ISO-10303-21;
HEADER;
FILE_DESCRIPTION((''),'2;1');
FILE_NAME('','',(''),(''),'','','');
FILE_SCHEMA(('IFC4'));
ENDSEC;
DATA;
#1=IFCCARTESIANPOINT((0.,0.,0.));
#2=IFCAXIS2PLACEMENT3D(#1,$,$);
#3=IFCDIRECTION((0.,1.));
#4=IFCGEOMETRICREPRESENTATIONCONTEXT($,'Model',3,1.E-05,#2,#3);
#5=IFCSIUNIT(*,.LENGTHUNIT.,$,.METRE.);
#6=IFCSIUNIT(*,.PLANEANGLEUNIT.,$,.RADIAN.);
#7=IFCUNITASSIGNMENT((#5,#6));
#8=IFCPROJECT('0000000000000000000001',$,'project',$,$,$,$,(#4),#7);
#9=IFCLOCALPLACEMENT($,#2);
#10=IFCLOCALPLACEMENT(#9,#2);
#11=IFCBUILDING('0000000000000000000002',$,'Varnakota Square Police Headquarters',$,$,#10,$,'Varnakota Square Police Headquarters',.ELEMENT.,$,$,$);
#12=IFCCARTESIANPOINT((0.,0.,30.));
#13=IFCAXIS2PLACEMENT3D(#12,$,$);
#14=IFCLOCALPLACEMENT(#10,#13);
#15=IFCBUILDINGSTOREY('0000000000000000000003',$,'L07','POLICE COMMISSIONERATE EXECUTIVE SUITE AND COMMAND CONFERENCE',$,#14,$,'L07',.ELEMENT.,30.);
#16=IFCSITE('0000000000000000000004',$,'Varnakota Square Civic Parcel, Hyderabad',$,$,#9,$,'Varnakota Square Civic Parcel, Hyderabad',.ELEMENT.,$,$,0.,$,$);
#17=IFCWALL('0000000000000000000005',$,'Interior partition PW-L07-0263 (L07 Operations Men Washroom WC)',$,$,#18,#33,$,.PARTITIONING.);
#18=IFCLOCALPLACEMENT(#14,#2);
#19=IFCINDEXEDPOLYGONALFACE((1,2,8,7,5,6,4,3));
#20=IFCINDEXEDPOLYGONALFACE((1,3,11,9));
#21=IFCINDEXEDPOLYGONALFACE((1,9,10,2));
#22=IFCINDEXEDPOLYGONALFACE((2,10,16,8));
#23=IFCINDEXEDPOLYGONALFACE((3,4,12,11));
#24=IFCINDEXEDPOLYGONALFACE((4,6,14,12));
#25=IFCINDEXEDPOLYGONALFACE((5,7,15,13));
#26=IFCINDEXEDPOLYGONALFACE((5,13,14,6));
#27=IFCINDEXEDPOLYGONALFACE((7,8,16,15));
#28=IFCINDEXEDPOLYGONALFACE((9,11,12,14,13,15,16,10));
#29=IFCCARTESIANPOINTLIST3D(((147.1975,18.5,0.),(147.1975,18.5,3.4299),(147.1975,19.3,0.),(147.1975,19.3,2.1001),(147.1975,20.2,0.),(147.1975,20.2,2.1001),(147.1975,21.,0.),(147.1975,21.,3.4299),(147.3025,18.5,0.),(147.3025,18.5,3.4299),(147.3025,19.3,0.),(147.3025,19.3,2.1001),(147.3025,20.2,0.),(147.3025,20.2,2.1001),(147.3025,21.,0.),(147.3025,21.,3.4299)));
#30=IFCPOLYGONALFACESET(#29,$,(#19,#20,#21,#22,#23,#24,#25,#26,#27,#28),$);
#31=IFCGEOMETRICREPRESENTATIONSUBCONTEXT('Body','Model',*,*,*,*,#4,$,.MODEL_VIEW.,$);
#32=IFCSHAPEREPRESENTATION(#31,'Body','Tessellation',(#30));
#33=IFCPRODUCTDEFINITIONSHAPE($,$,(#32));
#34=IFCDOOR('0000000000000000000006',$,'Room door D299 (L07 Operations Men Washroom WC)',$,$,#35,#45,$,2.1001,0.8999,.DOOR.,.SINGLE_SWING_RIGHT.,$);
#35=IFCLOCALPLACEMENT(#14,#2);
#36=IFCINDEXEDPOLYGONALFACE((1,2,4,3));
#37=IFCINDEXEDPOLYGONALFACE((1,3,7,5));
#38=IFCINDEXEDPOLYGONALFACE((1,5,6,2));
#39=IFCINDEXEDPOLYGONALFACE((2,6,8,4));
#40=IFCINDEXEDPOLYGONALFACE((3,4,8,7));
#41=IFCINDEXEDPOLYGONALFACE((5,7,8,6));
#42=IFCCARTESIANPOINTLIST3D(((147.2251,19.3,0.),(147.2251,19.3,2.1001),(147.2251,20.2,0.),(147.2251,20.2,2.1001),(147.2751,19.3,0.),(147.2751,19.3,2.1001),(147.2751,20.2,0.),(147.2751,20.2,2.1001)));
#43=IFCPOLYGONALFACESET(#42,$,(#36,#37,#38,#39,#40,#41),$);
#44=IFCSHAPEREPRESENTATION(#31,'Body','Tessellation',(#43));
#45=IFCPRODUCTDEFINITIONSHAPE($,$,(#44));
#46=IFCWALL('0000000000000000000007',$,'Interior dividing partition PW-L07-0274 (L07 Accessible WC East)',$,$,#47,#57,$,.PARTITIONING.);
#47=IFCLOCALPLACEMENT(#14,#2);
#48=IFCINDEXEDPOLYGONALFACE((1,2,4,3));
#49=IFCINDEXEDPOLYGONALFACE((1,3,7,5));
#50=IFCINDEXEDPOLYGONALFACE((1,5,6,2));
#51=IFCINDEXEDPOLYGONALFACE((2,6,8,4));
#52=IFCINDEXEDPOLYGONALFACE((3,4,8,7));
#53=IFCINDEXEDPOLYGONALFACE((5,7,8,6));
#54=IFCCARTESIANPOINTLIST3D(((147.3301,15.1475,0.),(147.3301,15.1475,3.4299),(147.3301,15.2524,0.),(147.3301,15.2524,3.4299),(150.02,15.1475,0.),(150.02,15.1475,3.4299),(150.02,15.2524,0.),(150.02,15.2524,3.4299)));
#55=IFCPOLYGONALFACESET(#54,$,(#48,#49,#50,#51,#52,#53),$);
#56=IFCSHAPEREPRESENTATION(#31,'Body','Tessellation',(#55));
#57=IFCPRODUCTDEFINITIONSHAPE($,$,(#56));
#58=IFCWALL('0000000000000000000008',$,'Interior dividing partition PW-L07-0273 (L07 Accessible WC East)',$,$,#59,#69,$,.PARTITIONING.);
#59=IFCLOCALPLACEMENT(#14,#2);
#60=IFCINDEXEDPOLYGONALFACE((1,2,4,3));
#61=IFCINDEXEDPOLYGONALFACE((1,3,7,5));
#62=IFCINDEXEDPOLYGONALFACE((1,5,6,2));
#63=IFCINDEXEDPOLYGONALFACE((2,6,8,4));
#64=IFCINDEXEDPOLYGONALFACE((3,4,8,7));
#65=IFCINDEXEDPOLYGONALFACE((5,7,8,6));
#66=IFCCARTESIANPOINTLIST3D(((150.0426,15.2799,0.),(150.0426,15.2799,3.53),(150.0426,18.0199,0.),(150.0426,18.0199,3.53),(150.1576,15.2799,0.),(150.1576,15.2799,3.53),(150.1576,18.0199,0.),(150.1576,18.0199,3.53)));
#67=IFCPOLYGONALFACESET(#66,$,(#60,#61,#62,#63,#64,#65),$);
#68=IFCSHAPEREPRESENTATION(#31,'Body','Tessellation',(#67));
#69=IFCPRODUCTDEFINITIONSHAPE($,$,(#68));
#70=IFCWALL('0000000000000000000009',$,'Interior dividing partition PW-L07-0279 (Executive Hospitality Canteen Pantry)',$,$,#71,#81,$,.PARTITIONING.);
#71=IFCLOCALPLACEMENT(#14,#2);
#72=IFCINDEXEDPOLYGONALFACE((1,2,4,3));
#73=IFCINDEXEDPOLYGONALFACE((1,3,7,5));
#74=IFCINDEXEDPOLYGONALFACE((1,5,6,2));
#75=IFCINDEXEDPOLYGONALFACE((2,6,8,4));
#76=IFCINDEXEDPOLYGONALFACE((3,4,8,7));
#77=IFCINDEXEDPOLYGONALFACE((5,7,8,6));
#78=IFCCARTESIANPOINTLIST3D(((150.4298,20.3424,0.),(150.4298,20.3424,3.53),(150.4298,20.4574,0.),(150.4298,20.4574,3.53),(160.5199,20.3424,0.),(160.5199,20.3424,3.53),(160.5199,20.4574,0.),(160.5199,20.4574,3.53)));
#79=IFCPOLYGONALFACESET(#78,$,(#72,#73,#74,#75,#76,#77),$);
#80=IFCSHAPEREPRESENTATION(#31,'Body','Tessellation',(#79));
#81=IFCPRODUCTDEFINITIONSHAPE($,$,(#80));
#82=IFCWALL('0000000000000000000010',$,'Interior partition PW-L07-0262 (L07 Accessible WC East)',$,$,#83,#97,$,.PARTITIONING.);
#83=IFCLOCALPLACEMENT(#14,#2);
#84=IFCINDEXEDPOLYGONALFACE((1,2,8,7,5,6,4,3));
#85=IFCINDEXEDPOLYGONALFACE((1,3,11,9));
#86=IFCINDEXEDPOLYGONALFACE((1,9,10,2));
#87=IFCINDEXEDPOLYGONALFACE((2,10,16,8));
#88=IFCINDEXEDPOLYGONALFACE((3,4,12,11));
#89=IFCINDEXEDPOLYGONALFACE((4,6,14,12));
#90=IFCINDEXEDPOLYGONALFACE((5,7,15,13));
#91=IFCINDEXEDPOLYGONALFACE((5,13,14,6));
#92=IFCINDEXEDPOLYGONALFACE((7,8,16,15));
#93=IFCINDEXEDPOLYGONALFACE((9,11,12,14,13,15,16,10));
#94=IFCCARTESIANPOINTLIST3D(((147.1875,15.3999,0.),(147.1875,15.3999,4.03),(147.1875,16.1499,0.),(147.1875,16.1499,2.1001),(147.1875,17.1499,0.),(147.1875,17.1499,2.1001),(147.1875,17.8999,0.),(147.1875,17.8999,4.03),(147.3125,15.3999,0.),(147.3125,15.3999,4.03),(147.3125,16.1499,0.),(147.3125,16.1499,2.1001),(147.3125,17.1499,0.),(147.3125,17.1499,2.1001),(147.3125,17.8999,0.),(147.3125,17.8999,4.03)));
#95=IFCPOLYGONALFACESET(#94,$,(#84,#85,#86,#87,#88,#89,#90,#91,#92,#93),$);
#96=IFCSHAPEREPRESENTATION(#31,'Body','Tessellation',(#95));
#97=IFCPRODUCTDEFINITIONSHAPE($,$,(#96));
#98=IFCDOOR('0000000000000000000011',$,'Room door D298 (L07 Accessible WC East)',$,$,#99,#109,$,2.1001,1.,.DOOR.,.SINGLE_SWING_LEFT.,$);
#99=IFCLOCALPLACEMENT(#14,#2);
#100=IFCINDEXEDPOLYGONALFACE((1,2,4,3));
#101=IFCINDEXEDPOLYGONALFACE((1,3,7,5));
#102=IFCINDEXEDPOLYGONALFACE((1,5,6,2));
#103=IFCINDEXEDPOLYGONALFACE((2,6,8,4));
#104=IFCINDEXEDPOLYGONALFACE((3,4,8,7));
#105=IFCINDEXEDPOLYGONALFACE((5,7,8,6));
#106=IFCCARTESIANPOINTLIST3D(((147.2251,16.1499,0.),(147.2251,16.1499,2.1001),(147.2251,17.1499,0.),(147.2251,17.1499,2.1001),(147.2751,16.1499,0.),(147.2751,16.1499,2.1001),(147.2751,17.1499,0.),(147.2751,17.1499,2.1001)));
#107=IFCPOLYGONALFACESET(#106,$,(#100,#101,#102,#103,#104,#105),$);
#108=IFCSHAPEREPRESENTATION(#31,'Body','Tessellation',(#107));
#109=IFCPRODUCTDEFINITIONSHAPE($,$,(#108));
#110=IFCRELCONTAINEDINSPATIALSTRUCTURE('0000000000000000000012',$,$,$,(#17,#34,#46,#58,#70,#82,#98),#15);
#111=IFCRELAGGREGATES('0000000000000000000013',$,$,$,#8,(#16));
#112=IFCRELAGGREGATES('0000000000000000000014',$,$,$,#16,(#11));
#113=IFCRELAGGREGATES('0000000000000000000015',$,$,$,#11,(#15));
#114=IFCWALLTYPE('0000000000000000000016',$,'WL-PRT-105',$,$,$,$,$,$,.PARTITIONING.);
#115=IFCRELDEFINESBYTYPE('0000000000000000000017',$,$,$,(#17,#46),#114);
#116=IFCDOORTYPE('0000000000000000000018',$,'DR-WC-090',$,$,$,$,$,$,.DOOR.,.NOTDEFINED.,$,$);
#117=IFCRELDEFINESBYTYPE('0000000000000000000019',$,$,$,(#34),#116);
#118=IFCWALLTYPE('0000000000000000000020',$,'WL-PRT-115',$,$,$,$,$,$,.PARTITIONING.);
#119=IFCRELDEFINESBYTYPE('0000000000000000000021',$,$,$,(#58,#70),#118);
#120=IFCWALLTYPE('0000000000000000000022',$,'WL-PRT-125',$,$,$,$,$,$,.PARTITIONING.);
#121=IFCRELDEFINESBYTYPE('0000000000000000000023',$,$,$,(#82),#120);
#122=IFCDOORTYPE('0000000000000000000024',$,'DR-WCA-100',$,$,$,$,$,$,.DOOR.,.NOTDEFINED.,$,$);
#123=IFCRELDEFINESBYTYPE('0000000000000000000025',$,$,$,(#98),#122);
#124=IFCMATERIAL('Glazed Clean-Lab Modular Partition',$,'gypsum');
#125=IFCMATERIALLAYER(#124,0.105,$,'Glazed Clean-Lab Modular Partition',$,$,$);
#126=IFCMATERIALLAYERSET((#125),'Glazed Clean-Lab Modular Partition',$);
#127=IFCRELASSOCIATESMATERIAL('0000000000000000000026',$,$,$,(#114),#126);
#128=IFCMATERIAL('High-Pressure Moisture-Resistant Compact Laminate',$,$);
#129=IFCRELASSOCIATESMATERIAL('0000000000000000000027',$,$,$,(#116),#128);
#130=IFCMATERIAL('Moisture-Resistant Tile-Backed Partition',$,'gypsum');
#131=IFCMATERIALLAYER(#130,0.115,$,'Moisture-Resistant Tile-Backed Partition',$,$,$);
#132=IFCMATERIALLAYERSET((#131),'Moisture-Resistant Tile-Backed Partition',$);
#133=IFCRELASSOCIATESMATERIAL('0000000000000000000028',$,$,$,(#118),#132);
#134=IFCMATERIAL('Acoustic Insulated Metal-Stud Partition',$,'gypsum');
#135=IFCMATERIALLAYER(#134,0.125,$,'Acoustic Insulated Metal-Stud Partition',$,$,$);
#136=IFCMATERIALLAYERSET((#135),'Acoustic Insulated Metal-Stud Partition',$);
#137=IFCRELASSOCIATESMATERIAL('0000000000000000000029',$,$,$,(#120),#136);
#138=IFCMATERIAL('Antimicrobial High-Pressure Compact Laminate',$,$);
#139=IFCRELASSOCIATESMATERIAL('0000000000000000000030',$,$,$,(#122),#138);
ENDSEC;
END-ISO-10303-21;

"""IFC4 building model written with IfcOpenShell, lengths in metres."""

from ifc_helpers import new_model, si_unit, direction, frame, frame_2d, origin, place, context, subcontext, project, spatial, rectangle, extrude, material, layer, layer_set, type_object, element, fill, save


model = new_model("IFC4")

# Units and contexts
model_context = context("Model", 3, precision=1e-05, world=origin(), true_north=direction((0.0, 1.0)))
body_context = subcontext(model_context, "Body", "Model", "MODEL_VIEW")
ifc_project = project(units=[si_unit("LENGTHUNIT", "METRE"), si_unit("PLANEANGLEUNIT", "RADIAN")], contexts=[model_context])

# Site, building, storey
site_placement = place(None, origin())
site = spatial("IfcSite", under=ifc_project, at=site_placement, Name="Varnakota Square Civic Parcel, Hyderabad", LongName="Varnakota Square Civic Parcel, Hyderabad", CompositionType="ELEMENT", RefElevation=0.0)
building_placement = place(site_placement, origin())
building = spatial("IfcBuilding", under=site, at=building_placement, Name="Varnakota Square Police Headquarters", LongName="Varnakota Square Police Headquarters", CompositionType="ELEMENT")
storey_placement = place(building_placement, frame((0.0, 0.0, 30.0)))
storey = spatial("IfcBuildingStorey", under=building, at=storey_placement, Name="L07", Description="POLICE COMMISSIONERATE EXECUTIVE SUITE AND COMMAND CONFERENCE", LongName="L07", CompositionType="ELEMENT", Elevation=30.0)

# Wall, opening, door
ifc_material_1 = material(Name="Glazed Clean-Lab Modular Partition", Category="gypsum")
ifc_layer_1 = layer(ifc_material_1, 0.105, Name="Glazed Clean-Lab Modular Partition")
ifc_layer_set_1 = layer_set([ifc_layer_1], Name="Glazed Clean-Lab Modular Partition")
wall_type_1 = type_object("IfcWallType", Name="WL-PRT-105", PredefinedType="PARTITIONING", material=ifc_layer_set_1)
wall_1_placement = place(storey_placement, frame((147.25, 18.5, 0.0), z_axis=(0.0, 0.0, 1.0), x_axis=(0.0, 1.0, 0.0)))
wall_1 = element("IfcWall", 1, at=wall_1_placement, inside=storey, type_object=wall_type_1, Name="Interior partition PW-L07-0263 (L07 Operations Men Washroom WC)", PredefinedType="PARTITIONING", context=body_context, shape_type="SweptSolid", body=[
    extrude(rectangle(XDim=2.5, YDim=0.105, at=frame_2d((1.25, 0.0))), origin(), (0.0, 0.0, 1.0), 3.4299),
])
opening_1_placement = place(wall_1_placement, frame((0.8, 0.0, 0.0)))
opening_1 = element("IfcOpeningElement", 2, at=opening_1_placement, cuts=wall_1, PredefinedType="OPENING", context=body_context, shape_type="SweptSolid", body=[
    extrude(rectangle(XDim=0.8999, YDim=2.1001, at=frame_2d((0.45, 1.05))), frame((0.0, 0.0625, 0.0), z_axis=(0.0, -1.0, 0.0), x_axis=(1.0, 0.0, 0.0)), (0.0, 0.0, 1.0), 0.125),
])
ifc_material_2 = material(Name="High-Pressure Moisture-Resistant Compact Laminate")
door_type_1 = type_object("IfcDoorType", Name="DR-WC-090", OperationType="NOTDEFINED", PredefinedType="DOOR", material=ifc_material_2)
door_1_placement = place(opening_1_placement, origin())
door_1 = element("IfcDoor", 3, at=door_1_placement, inside=storey, type_object=door_type_1, Name="Room door D299 (L07 Operations Men Washroom WC)", OperationType="SINGLE_SWING_RIGHT", OverallHeight=2.1001, OverallWidth=0.8999, PredefinedType="DOOR", context=body_context, shape_type="SweptSolid", body=[
    extrude(rectangle(XDim=0.8999, YDim=2.1001, at=frame_2d((0.45, 1.05))), frame((0.0, 0.0249, 0.0), z_axis=(0.0, -1.0, 0.0), x_axis=(1.0, 0.0, 0.0)), (0.0, 0.0, 1.0), 0.05),
])
fill(opening_1, door_1)

# Walls
wall_2_placement = place(storey_placement, frame((150.02, 15.2, 0.0), z_axis=(0.0, 0.0, 1.0), x_axis=(-1.0, 0.0, 0.0)))
element("IfcWall", 4, at=wall_2_placement, inside=storey, type_object=wall_type_1, Name="Interior dividing partition PW-L07-0274 (L07 Accessible WC East)", PredefinedType="PARTITIONING", context=body_context, shape_type="SweptSolid", body=[
    extrude(rectangle(XDim=2.6899, YDim=0.105, at=frame_2d((1.345, 0.0))), origin(), (0.0, 0.0, 1.0), 3.4299),
])
ifc_material_3 = material(Name="Moisture-Resistant Tile-Backed Partition", Category="gypsum")
ifc_layer_2 = layer(ifc_material_3, 0.115, Name="Moisture-Resistant Tile-Backed Partition")
ifc_layer_set_2 = layer_set([ifc_layer_2], Name="Moisture-Resistant Tile-Backed Partition")
wall_type_2 = type_object("IfcWallType", Name="WL-PRT-115", PredefinedType="PARTITIONING", material=ifc_layer_set_2)
wall_3_placement = place(storey_placement, frame((150.1001, 18.02, 0.0), z_axis=(0.0, 0.0, 1.0), x_axis=(0.0, -1.0, 0.0)))
element("IfcWall", 5, at=wall_3_placement, inside=storey, type_object=wall_type_2, Name="Interior dividing partition PW-L07-0273 (L07 Accessible WC East)", PredefinedType="PARTITIONING", context=body_context, shape_type="SweptSolid", body=[
    extrude(rectangle(XDim=2.74, YDim=0.115, at=frame_2d((1.3701, 0.0))), origin(), (0.0, 0.0, 1.0), 3.53),
])
wall_4_placement = place(storey_placement, frame((150.4299, 20.3999, 0.0), z_axis=(0.0, 0.0, 1.0), x_axis=(1.0, 0.0, 0.0)))
element("IfcWall", 6, at=wall_4_placement, inside=storey, type_object=wall_type_2, Name="Interior dividing partition PW-L07-0279 (Executive Hospitality Canteen Pantry)", PredefinedType="PARTITIONING", context=body_context, shape_type="SweptSolid", body=[
    extrude(rectangle(XDim=10.0901, YDim=0.115, at=frame_2d((5.0449, 0.0))), origin(), (0.0, 0.0, 1.0), 3.53),
])

# Wall, opening, door
ifc_material_4 = material(Name="Acoustic Insulated Metal-Stud Partition", Category="gypsum")
ifc_layer_3 = layer(ifc_material_4, 0.125, Name="Acoustic Insulated Metal-Stud Partition")
ifc_layer_set_3 = layer_set([ifc_layer_3], Name="Acoustic Insulated Metal-Stud Partition")
wall_type_3 = type_object("IfcWallType", Name="WL-PRT-125", PredefinedType="PARTITIONING", material=ifc_layer_set_3)
wall_5_placement = place(storey_placement, frame((147.25, 15.3999, 0.0), z_axis=(0.0, 0.0, 1.0), x_axis=(0.0, 1.0, 0.0)))
wall_5 = element("IfcWall", 7, at=wall_5_placement, inside=storey, type_object=wall_type_3, Name="Interior partition PW-L07-0262 (L07 Accessible WC East)", PredefinedType="PARTITIONING", context=body_context, shape_type="SweptSolid", body=[
    extrude(rectangle(XDim=2.5, YDim=0.125, at=frame_2d((1.25, 0.0))), origin(), (0.0, 0.0, 1.0), 4.03),
])
opening_2_placement = place(wall_5_placement, frame((0.75, 0.0, 0.0)))
opening_2 = element("IfcOpeningElement", 8, at=opening_2_placement, cuts=wall_5, PredefinedType="OPENING", context=body_context, shape_type="SweptSolid", body=[
    extrude(rectangle(XDim=1.0, YDim=2.1001, at=frame_2d((0.5, 1.05))), frame((0.0, 0.0725, 0.0), z_axis=(0.0, -1.0, 0.0), x_axis=(1.0, 0.0, 0.0)), (0.0, 0.0, 1.0), 0.145),
])
ifc_material_5 = material(Name="Antimicrobial High-Pressure Compact Laminate")
door_type_2 = type_object("IfcDoorType", Name="DR-WCA-100", OperationType="NOTDEFINED", PredefinedType="DOOR", material=ifc_material_5)
door_2_placement = place(opening_2_placement, origin())
door_2 = element("IfcDoor", 9, at=door_2_placement, inside=storey, type_object=door_type_2, Name="Room door D298 (L07 Accessible WC East)", OperationType="SINGLE_SWING_LEFT", OverallHeight=2.1001, OverallWidth=1.0, PredefinedType="DOOR", context=body_context, shape_type="SweptSolid", body=[
    extrude(rectangle(XDim=1.0, YDim=2.1001, at=frame_2d((0.5, 1.05))), frame((0.0, 0.0249, 0.0), z_axis=(0.0, -1.0, 0.0), x_axis=(1.0, 0.0, 0.0)), (0.0, 0.0, 1.0), 0.05),
])
fill(opening_2, door_2)

save(model, "model.ifc")
